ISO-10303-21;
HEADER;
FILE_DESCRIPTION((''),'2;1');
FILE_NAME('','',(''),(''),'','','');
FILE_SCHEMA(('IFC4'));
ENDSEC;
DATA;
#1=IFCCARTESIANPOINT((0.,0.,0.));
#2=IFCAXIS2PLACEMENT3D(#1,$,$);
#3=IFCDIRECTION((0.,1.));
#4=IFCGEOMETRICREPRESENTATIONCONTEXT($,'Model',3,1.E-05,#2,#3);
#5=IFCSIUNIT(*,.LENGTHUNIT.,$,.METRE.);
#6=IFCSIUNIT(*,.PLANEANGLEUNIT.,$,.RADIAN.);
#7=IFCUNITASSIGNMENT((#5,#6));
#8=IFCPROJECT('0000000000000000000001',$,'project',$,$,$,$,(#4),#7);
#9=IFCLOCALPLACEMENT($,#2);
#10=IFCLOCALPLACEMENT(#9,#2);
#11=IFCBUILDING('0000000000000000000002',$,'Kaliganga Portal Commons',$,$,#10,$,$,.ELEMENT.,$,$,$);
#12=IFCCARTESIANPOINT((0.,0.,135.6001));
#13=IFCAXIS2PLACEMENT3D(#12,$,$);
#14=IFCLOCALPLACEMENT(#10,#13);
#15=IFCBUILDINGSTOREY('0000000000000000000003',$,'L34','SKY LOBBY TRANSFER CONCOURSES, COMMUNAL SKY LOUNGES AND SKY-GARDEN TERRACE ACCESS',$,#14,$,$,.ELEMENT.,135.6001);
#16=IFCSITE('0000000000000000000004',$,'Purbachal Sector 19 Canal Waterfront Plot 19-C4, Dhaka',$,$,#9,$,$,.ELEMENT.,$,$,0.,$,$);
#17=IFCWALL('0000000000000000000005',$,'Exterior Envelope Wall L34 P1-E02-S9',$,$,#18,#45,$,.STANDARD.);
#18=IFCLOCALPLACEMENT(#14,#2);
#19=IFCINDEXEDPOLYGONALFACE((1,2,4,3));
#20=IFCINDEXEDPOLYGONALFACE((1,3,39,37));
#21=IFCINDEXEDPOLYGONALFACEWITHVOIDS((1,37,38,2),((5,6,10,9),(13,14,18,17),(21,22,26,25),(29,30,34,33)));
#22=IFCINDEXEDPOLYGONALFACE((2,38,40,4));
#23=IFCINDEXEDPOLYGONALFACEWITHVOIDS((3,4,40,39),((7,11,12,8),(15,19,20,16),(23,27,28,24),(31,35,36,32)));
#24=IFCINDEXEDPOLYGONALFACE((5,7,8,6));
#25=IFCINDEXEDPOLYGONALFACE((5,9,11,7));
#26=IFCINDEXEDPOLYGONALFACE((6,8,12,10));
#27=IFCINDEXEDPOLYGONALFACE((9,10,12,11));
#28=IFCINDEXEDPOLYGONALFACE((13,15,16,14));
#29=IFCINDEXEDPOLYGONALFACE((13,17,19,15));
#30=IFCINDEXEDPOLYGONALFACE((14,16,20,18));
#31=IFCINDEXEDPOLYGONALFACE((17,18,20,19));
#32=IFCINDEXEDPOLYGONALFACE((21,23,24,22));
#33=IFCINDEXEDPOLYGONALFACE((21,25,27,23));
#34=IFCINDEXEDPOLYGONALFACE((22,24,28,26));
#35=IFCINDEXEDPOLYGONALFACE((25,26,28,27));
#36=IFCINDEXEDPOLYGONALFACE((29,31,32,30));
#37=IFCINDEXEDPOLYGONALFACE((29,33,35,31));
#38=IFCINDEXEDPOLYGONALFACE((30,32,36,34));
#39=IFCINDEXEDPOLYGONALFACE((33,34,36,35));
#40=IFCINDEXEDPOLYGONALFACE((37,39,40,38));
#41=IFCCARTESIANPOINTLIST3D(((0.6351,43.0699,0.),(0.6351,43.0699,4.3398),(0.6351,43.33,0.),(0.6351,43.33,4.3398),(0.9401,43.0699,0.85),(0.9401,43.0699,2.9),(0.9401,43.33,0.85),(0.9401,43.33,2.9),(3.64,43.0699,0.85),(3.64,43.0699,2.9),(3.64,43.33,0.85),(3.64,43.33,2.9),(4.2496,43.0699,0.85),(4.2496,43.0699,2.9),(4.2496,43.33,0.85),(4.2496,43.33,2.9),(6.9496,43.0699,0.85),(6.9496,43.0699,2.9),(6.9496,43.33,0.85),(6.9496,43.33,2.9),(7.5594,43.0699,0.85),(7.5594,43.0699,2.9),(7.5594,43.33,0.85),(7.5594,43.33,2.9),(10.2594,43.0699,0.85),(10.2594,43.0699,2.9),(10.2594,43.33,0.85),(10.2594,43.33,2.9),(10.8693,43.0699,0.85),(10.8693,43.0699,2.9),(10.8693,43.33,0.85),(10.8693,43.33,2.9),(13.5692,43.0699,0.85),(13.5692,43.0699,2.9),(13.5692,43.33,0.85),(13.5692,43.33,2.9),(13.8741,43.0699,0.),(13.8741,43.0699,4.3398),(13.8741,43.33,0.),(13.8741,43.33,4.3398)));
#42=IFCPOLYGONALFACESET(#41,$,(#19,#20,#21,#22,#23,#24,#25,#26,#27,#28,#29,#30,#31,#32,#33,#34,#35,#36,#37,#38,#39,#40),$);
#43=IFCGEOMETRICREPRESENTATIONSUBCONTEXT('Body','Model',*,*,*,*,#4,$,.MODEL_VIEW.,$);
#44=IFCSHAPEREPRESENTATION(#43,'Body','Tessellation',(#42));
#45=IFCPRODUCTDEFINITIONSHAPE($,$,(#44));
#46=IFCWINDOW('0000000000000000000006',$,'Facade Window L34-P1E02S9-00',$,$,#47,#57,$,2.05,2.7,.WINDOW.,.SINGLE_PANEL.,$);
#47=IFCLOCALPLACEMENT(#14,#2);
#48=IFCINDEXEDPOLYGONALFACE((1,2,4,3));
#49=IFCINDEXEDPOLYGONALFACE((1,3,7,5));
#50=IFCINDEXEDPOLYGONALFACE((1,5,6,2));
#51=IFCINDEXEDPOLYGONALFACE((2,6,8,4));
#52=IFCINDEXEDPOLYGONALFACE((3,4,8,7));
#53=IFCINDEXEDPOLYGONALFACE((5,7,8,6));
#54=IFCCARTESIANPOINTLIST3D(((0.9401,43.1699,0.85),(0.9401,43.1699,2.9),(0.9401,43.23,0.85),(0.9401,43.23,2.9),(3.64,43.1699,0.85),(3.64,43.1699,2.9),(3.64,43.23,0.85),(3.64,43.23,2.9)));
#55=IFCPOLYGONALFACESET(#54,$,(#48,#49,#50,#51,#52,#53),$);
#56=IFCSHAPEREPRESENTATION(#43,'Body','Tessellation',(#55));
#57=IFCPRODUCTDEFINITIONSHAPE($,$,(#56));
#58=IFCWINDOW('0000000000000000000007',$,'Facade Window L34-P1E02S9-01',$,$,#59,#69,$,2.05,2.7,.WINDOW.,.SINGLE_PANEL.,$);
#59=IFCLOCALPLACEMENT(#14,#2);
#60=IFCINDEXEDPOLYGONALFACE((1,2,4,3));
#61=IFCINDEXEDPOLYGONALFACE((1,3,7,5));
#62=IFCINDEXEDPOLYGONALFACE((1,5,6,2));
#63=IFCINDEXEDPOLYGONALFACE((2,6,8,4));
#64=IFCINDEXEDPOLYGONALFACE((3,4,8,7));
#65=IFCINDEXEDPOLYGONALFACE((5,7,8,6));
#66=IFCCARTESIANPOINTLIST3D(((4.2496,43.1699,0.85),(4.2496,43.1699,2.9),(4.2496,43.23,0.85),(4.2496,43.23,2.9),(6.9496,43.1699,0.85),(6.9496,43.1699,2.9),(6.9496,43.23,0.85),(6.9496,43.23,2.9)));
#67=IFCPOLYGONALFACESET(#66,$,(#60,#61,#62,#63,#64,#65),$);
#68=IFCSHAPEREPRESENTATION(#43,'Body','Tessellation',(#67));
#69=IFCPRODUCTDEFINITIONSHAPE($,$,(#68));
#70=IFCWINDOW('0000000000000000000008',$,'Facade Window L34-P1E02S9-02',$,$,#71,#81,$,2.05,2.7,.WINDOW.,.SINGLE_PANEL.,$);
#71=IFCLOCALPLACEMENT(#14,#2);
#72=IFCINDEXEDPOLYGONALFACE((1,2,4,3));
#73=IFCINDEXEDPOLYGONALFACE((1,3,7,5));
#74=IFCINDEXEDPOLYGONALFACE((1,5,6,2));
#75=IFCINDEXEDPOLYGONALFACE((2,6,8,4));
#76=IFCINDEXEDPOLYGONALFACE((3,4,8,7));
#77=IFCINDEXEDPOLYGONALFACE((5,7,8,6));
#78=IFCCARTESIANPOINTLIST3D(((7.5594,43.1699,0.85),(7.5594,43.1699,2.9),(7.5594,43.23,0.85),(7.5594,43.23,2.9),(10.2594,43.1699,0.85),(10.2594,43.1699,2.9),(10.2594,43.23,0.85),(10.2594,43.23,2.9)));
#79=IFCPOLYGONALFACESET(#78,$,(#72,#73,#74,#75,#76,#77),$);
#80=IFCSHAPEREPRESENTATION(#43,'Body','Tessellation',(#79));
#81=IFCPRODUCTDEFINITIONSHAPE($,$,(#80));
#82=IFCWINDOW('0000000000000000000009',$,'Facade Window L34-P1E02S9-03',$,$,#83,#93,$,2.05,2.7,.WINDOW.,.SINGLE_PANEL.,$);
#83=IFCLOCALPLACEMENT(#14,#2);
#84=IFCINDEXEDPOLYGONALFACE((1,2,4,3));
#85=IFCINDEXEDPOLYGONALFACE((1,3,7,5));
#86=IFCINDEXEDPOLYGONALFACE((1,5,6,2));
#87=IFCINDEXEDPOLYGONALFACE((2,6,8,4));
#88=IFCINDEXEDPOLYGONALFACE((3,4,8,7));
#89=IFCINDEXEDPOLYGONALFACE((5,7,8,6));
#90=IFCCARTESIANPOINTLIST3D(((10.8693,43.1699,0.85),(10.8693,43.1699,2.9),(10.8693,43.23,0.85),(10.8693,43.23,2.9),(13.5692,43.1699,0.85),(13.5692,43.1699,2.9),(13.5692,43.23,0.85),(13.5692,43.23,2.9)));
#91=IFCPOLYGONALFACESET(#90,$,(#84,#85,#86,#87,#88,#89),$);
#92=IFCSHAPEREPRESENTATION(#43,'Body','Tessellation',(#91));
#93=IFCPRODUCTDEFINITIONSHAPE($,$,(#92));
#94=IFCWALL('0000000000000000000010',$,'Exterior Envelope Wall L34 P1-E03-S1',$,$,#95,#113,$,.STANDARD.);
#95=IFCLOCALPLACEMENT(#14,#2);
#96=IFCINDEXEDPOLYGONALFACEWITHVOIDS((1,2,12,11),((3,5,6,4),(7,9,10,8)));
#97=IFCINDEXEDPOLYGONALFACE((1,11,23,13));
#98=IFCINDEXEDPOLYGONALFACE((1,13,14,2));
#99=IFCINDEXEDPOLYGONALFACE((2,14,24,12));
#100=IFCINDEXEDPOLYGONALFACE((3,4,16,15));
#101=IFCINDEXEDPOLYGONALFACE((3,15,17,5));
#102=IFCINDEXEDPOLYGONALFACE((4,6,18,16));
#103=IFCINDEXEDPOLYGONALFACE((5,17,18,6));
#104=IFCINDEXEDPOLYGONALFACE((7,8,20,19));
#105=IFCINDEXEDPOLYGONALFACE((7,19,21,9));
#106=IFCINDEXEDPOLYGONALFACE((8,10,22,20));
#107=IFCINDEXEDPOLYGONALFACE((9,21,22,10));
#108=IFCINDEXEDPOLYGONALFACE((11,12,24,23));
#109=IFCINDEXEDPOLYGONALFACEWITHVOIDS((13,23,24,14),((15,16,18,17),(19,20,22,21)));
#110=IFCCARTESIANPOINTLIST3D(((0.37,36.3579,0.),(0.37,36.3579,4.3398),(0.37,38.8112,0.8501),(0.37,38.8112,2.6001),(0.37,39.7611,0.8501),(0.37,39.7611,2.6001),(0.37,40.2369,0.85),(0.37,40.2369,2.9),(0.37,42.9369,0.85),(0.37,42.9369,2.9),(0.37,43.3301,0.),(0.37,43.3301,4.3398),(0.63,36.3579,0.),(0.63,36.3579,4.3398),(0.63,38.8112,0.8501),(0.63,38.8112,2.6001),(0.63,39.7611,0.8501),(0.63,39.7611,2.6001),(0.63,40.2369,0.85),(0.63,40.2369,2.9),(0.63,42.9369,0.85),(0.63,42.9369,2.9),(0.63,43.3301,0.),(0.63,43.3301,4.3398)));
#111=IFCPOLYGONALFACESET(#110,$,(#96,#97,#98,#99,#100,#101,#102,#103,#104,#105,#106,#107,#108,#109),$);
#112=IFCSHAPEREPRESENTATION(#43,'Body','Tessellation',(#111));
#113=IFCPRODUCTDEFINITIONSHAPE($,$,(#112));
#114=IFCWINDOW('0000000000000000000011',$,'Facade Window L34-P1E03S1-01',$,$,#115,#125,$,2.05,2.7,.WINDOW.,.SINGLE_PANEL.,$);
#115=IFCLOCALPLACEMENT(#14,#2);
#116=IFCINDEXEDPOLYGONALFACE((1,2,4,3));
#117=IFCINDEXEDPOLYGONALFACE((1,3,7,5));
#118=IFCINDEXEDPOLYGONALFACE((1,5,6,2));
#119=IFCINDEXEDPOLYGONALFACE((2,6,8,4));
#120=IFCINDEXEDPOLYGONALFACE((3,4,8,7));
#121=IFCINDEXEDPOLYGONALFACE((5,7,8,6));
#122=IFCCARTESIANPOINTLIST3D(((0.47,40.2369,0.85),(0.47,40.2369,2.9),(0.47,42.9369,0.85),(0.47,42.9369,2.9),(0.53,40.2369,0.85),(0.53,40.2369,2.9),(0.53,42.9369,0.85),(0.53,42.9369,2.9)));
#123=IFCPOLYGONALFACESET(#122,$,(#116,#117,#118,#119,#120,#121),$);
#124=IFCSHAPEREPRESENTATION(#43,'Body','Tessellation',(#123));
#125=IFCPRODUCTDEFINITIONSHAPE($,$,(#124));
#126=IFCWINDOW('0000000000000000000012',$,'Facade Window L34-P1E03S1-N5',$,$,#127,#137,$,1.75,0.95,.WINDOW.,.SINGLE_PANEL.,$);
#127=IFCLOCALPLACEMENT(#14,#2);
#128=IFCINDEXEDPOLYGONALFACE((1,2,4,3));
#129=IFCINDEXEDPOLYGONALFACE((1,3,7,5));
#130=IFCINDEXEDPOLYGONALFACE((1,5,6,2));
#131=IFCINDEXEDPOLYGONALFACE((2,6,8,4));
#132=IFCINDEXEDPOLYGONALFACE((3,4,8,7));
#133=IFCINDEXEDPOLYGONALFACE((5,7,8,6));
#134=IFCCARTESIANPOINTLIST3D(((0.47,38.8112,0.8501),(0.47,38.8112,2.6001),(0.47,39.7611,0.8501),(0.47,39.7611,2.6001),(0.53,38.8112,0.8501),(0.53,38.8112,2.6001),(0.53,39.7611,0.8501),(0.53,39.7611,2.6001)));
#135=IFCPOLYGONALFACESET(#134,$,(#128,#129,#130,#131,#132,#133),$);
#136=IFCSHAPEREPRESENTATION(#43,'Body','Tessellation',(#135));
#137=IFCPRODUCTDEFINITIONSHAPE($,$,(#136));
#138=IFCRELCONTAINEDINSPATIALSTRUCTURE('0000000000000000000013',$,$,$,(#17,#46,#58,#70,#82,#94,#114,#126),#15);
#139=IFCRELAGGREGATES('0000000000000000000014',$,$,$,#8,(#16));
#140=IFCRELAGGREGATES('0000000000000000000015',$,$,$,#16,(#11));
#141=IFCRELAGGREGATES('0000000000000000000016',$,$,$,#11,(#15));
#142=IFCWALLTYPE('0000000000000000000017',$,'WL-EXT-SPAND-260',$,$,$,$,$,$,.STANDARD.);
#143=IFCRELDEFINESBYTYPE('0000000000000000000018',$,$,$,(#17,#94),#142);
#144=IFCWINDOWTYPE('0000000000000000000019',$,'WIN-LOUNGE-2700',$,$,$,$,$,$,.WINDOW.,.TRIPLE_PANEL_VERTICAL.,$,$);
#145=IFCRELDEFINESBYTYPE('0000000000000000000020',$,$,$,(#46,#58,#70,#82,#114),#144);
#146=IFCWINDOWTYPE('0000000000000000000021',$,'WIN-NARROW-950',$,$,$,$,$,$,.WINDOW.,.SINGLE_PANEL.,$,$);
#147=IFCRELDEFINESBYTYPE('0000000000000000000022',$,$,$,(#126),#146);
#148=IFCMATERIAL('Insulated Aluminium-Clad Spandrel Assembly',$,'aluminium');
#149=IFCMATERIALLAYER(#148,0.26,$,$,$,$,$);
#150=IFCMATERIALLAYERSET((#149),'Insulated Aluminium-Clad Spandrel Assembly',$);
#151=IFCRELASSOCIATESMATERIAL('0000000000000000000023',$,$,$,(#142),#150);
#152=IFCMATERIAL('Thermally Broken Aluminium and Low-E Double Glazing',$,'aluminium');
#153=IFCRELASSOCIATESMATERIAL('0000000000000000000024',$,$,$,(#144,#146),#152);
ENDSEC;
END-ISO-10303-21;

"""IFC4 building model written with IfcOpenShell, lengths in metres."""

from ifc_helpers import new_model, si_unit, direction, frame, frame_2d, origin, place, context, subcontext, project, spatial, rectangle, extrude, material, layer, layer_set, type_object, element, fill, save


model = new_model("IFC4")

# Units and contexts
model_context = context("Model", 3, precision=1e-05, world=origin(), true_north=direction((0.0, 1.0)))
body_context = subcontext(model_context, "Body", "Model", "MODEL_VIEW")
ifc_project = project(units=[si_unit("LENGTHUNIT", "METRE"), si_unit("PLANEANGLEUNIT", "RADIAN")], contexts=[model_context])

# Site, building, storey
site_placement = place(None, origin())
site = spatial("IfcSite", under=ifc_project, at=site_placement, Name="Purbachal Sector 19 Canal Waterfront Plot 19-C4, Dhaka", CompositionType="ELEMENT", RefElevation=0.0)
building_placement = place(site_placement, origin())
building = spatial("IfcBuilding", under=site, at=building_placement, Name="Kaliganga Portal Commons", CompositionType="ELEMENT")
storey_placement = place(building_placement, frame((0.0, 0.0, 135.6001)))
storey = spatial("IfcBuildingStorey", under=building, at=storey_placement, Name="L34", Description="SKY LOBBY TRANSFER CONCOURSES, COMMUNAL SKY LOUNGES AND SKY-GARDEN TERRACE ACCESS", CompositionType="ELEMENT", Elevation=135.6001)

# Walls, openings, windows
ifc_material_1 = material(Name="Insulated Aluminium-Clad Spandrel Assembly", Category="aluminium")
ifc_layer_1 = layer(ifc_material_1, 0.26)
ifc_layer_set_1 = layer_set([ifc_layer_1], Name="Insulated Aluminium-Clad Spandrel Assembly")
wall_type_1 = type_object("IfcWallType", Name="WL-EXT-SPAND-260", PredefinedType="STANDARD", material=ifc_layer_set_1)
wall_1_placement = place(storey_placement, frame((0.635, 43.2, 0.0), z_axis=(0.0, 0.0, 1.0), x_axis=(1.0, 0.0, 0.0)))
wall_1 = element("IfcWall", 1, at=wall_1_placement, inside=storey, type_object=wall_type_1, Name="Exterior Envelope Wall L34 P1-E02-S9", PredefinedType="STANDARD", context=body_context, shape_type="SweptSolid", body=[
    extrude(rectangle(XDim=13.239, YDim=0.26, at=frame_2d((6.6196, 0.0))), origin(), (0.0, 0.0, 1.0), 4.3398),
])
opening_1_placement = place(wall_1_placement, frame((0.3049, 0.0, 0.8501)))
opening_1 = element("IfcOpeningElement", 2, at=opening_1_placement, cuts=wall_1, PredefinedType="OPENING", context=body_context, shape_type="SweptSolid", body=[
    extrude(rectangle(XDim=2.7, YDim=2.05, at=frame_2d((1.3501, 1.0249))), frame((0.0, 0.1401, 0.0), z_axis=(0.0, -1.0, 0.0), x_axis=(1.0, 0.0, 0.0)), (0.0, 0.0, 1.0), 0.28),
])
opening_2_placement = place(wall_1_placement, frame((3.6145, 0.0, 0.8501)))
opening_2 = element("IfcOpeningElement", 3, at=opening_2_placement, cuts=wall_1, PredefinedType="OPENING", context=body_context, shape_type="SweptSolid", body=[
    extrude(rectangle(XDim=2.7, YDim=2.05, at=frame_2d((1.3501, 1.0249))), frame((0.0, 0.1401, 0.0), z_axis=(0.0, -1.0, 0.0), x_axis=(1.0, 0.0, 0.0)), (0.0, 0.0, 1.0), 0.28),
])
opening_3_placement = place(wall_1_placement, frame((6.9243, 0.0, 0.8501)))
opening_3 = element("IfcOpeningElement", 4, at=opening_3_placement, cuts=wall_1, PredefinedType="OPENING", context=body_context, shape_type="SweptSolid", body=[
    extrude(rectangle(XDim=2.7, YDim=2.05, at=frame_2d((1.3501, 1.0249))), frame((0.0, 0.1401, 0.0), z_axis=(0.0, -1.0, 0.0), x_axis=(1.0, 0.0, 0.0)), (0.0, 0.0, 1.0), 0.28),
])
opening_4_placement = place(wall_1_placement, frame((10.2341, 0.0, 0.8501)))
opening_4 = element("IfcOpeningElement", 5, at=opening_4_placement, cuts=wall_1, PredefinedType="OPENING", context=body_context, shape_type="SweptSolid", body=[
    extrude(rectangle(XDim=2.7, YDim=2.05, at=frame_2d((1.3501, 1.0249))), frame((0.0, 0.1401, 0.0), z_axis=(0.0, -1.0, 0.0), x_axis=(1.0, 0.0, 0.0)), (0.0, 0.0, 1.0), 0.28),
])
ifc_material_2 = material(Name="Thermally Broken Aluminium and Low-E Double Glazing", Category="aluminium")
window_type_1 = type_object("IfcWindowType", Name="WIN-LOUNGE-2700", PartitioningType="TRIPLE_PANEL_VERTICAL", PredefinedType="WINDOW", material=ifc_material_2)
window_1_placement = place(opening_1_placement, origin())
window_1 = element("IfcWindow", 6, at=window_1_placement, inside=storey, type_object=window_type_1, Name="Facade Window L34-P1E02S9-00", OverallHeight=2.05, OverallWidth=2.7, PartitioningType="SINGLE_PANEL", PredefinedType="WINDOW", context=body_context, shape_type="SweptSolid", body=[
    extrude(rectangle(XDim=2.7, YDim=2.05, at=frame_2d((1.3501, 1.0249))), frame((0.0, 0.03, 0.0), z_axis=(0.0, -1.0, 0.0), x_axis=(1.0, 0.0, 0.0)), (0.0, 0.0, 1.0), 0.0601),
])
fill(opening_1, window_1)
window_2_placement = place(opening_2_placement, origin())
window_2 = element("IfcWindow", 7, at=window_2_placement, inside=storey, type_object=window_type_1, Name="Facade Window L34-P1E02S9-01", OverallHeight=2.05, OverallWidth=2.7, PartitioningType="SINGLE_PANEL", PredefinedType="WINDOW", context=body_context, shape_type="SweptSolid", body=[
    extrude(rectangle(XDim=2.7, YDim=2.05, at=frame_2d((1.3501, 1.0249))), frame((0.0, 0.03, 0.0), z_axis=(0.0, -1.0, 0.0), x_axis=(1.0, 0.0, 0.0)), (0.0, 0.0, 1.0), 0.0601),
])
fill(opening_2, window_2)
window_3_placement = place(opening_3_placement, origin())
window_3 = element("IfcWindow", 8, at=window_3_placement, inside=storey, type_object=window_type_1, Name="Facade Window L34-P1E02S9-02", OverallHeight=2.05, OverallWidth=2.7, PartitioningType="SINGLE_PANEL", PredefinedType="WINDOW", context=body_context, shape_type="SweptSolid", body=[
    extrude(rectangle(XDim=2.7, YDim=2.05, at=frame_2d((1.3501, 1.0249))), frame((0.0, 0.03, 0.0), z_axis=(0.0, -1.0, 0.0), x_axis=(1.0, 0.0, 0.0)), (0.0, 0.0, 1.0), 0.0601),
])
fill(opening_3, window_3)
window_4_placement = place(opening_4_placement, origin())
window_4 = element("IfcWindow", 9, at=window_4_placement, inside=storey, type_object=window_type_1, Name="Facade Window L34-P1E02S9-03", OverallHeight=2.05, OverallWidth=2.7, PartitioningType="SINGLE_PANEL", PredefinedType="WINDOW", context=body_context, shape_type="SweptSolid", body=[
    extrude(rectangle(XDim=2.7, YDim=2.05, at=frame_2d((1.3501, 1.0249))), frame((0.0, 0.03, 0.0), z_axis=(0.0, -1.0, 0.0), x_axis=(1.0, 0.0, 0.0)), (0.0, 0.0, 1.0), 0.0601),
])
fill(opening_4, window_4)
wall_2_placement = place(storey_placement, frame((0.5, 36.3579, 0.0), z_axis=(0.0, 0.0, 1.0), x_axis=(0.0, 1.0, 0.0)))
wall_2 = element("IfcWall", 10, at=wall_2_placement, inside=storey, type_object=wall_type_1, Name="Exterior Envelope Wall L34 P1-E03-S1", PredefinedType="STANDARD", context=body_context, shape_type="SweptSolid", body=[
    extrude(rectangle(XDim=6.9722, YDim=0.26, at=frame_2d((3.4861, 0.0))), origin(), (0.0, 0.0, 1.0), 4.3398),
])
opening_5_placement = place(wall_2_placement, frame((3.8789, 0.0, 0.8501)))
opening_5 = element("IfcOpeningElement", 11, at=opening_5_placement, cuts=wall_2, PredefinedType="OPENING", context=body_context, shape_type="SweptSolid", body=[
    extrude(rectangle(XDim=2.7, YDim=2.05, at=frame_2d((1.3501, 1.0249))), frame((0.0, 0.1401, 0.0), z_axis=(0.0, -1.0, 0.0), x_axis=(1.0, 0.0, 0.0)), (0.0, 0.0, 1.0), 0.28),
])
opening_6_placement = place(wall_2_placement, frame((2.4531, 0.0, 0.8501)))
opening_6 = element("IfcOpeningElement", 12, at=opening_6_placement, cuts=wall_2, PredefinedType="OPENING", context=body_context, shape_type="SweptSolid", body=[
    extrude(rectangle(XDim=0.95, YDim=1.75, at=frame_2d((0.4751, 0.875))), frame((0.0, 0.1401, 0.0), z_axis=(0.0, -1.0, 0.0), x_axis=(1.0, 0.0, 0.0)), (0.0, 0.0, 1.0), 0.28),
])
window_5_placement = place(opening_5_placement, origin())
window_5 = element("IfcWindow", 13, at=window_5_placement, inside=storey, type_object=window_type_1, Name="Facade Window L34-P1E03S1-01", OverallHeight=2.05, OverallWidth=2.7, PartitioningType="SINGLE_PANEL", PredefinedType="WINDOW", context=body_context, shape_type="SweptSolid", body=[
    extrude(rectangle(XDim=2.7, YDim=2.05, at=frame_2d((1.3501, 1.0249))), frame((0.0, 0.03, 0.0), z_axis=(0.0, -1.0, 0.0), x_axis=(1.0, 0.0, 0.0)), (0.0, 0.0, 1.0), 0.0601),
])
fill(opening_5, window_5)
window_type_2 = type_object("IfcWindowType", Name="WIN-NARROW-950", PartitioningType="SINGLE_PANEL", PredefinedType="WINDOW", material=ifc_material_2)
window_6_placement = place(opening_6_placement, origin())
window_6 = element("IfcWindow", 14, at=window_6_placement, inside=storey, type_object=window_type_2, Name="Facade Window L34-P1E03S1-N5", OverallHeight=1.75, OverallWidth=0.95, PartitioningType="SINGLE_PANEL", PredefinedType="WINDOW", context=body_context, shape_type="SweptSolid", body=[
    extrude(rectangle(XDim=0.95, YDim=1.75, at=frame_2d((0.4751, 0.875))), frame((0.0, 0.03, 0.0), z_axis=(0.0, -1.0, 0.0), x_axis=(1.0, 0.0, 0.0)), (0.0, 0.0, 1.0), 0.0601),
])
fill(opening_6, window_6)

save(model, "model.ifc")
